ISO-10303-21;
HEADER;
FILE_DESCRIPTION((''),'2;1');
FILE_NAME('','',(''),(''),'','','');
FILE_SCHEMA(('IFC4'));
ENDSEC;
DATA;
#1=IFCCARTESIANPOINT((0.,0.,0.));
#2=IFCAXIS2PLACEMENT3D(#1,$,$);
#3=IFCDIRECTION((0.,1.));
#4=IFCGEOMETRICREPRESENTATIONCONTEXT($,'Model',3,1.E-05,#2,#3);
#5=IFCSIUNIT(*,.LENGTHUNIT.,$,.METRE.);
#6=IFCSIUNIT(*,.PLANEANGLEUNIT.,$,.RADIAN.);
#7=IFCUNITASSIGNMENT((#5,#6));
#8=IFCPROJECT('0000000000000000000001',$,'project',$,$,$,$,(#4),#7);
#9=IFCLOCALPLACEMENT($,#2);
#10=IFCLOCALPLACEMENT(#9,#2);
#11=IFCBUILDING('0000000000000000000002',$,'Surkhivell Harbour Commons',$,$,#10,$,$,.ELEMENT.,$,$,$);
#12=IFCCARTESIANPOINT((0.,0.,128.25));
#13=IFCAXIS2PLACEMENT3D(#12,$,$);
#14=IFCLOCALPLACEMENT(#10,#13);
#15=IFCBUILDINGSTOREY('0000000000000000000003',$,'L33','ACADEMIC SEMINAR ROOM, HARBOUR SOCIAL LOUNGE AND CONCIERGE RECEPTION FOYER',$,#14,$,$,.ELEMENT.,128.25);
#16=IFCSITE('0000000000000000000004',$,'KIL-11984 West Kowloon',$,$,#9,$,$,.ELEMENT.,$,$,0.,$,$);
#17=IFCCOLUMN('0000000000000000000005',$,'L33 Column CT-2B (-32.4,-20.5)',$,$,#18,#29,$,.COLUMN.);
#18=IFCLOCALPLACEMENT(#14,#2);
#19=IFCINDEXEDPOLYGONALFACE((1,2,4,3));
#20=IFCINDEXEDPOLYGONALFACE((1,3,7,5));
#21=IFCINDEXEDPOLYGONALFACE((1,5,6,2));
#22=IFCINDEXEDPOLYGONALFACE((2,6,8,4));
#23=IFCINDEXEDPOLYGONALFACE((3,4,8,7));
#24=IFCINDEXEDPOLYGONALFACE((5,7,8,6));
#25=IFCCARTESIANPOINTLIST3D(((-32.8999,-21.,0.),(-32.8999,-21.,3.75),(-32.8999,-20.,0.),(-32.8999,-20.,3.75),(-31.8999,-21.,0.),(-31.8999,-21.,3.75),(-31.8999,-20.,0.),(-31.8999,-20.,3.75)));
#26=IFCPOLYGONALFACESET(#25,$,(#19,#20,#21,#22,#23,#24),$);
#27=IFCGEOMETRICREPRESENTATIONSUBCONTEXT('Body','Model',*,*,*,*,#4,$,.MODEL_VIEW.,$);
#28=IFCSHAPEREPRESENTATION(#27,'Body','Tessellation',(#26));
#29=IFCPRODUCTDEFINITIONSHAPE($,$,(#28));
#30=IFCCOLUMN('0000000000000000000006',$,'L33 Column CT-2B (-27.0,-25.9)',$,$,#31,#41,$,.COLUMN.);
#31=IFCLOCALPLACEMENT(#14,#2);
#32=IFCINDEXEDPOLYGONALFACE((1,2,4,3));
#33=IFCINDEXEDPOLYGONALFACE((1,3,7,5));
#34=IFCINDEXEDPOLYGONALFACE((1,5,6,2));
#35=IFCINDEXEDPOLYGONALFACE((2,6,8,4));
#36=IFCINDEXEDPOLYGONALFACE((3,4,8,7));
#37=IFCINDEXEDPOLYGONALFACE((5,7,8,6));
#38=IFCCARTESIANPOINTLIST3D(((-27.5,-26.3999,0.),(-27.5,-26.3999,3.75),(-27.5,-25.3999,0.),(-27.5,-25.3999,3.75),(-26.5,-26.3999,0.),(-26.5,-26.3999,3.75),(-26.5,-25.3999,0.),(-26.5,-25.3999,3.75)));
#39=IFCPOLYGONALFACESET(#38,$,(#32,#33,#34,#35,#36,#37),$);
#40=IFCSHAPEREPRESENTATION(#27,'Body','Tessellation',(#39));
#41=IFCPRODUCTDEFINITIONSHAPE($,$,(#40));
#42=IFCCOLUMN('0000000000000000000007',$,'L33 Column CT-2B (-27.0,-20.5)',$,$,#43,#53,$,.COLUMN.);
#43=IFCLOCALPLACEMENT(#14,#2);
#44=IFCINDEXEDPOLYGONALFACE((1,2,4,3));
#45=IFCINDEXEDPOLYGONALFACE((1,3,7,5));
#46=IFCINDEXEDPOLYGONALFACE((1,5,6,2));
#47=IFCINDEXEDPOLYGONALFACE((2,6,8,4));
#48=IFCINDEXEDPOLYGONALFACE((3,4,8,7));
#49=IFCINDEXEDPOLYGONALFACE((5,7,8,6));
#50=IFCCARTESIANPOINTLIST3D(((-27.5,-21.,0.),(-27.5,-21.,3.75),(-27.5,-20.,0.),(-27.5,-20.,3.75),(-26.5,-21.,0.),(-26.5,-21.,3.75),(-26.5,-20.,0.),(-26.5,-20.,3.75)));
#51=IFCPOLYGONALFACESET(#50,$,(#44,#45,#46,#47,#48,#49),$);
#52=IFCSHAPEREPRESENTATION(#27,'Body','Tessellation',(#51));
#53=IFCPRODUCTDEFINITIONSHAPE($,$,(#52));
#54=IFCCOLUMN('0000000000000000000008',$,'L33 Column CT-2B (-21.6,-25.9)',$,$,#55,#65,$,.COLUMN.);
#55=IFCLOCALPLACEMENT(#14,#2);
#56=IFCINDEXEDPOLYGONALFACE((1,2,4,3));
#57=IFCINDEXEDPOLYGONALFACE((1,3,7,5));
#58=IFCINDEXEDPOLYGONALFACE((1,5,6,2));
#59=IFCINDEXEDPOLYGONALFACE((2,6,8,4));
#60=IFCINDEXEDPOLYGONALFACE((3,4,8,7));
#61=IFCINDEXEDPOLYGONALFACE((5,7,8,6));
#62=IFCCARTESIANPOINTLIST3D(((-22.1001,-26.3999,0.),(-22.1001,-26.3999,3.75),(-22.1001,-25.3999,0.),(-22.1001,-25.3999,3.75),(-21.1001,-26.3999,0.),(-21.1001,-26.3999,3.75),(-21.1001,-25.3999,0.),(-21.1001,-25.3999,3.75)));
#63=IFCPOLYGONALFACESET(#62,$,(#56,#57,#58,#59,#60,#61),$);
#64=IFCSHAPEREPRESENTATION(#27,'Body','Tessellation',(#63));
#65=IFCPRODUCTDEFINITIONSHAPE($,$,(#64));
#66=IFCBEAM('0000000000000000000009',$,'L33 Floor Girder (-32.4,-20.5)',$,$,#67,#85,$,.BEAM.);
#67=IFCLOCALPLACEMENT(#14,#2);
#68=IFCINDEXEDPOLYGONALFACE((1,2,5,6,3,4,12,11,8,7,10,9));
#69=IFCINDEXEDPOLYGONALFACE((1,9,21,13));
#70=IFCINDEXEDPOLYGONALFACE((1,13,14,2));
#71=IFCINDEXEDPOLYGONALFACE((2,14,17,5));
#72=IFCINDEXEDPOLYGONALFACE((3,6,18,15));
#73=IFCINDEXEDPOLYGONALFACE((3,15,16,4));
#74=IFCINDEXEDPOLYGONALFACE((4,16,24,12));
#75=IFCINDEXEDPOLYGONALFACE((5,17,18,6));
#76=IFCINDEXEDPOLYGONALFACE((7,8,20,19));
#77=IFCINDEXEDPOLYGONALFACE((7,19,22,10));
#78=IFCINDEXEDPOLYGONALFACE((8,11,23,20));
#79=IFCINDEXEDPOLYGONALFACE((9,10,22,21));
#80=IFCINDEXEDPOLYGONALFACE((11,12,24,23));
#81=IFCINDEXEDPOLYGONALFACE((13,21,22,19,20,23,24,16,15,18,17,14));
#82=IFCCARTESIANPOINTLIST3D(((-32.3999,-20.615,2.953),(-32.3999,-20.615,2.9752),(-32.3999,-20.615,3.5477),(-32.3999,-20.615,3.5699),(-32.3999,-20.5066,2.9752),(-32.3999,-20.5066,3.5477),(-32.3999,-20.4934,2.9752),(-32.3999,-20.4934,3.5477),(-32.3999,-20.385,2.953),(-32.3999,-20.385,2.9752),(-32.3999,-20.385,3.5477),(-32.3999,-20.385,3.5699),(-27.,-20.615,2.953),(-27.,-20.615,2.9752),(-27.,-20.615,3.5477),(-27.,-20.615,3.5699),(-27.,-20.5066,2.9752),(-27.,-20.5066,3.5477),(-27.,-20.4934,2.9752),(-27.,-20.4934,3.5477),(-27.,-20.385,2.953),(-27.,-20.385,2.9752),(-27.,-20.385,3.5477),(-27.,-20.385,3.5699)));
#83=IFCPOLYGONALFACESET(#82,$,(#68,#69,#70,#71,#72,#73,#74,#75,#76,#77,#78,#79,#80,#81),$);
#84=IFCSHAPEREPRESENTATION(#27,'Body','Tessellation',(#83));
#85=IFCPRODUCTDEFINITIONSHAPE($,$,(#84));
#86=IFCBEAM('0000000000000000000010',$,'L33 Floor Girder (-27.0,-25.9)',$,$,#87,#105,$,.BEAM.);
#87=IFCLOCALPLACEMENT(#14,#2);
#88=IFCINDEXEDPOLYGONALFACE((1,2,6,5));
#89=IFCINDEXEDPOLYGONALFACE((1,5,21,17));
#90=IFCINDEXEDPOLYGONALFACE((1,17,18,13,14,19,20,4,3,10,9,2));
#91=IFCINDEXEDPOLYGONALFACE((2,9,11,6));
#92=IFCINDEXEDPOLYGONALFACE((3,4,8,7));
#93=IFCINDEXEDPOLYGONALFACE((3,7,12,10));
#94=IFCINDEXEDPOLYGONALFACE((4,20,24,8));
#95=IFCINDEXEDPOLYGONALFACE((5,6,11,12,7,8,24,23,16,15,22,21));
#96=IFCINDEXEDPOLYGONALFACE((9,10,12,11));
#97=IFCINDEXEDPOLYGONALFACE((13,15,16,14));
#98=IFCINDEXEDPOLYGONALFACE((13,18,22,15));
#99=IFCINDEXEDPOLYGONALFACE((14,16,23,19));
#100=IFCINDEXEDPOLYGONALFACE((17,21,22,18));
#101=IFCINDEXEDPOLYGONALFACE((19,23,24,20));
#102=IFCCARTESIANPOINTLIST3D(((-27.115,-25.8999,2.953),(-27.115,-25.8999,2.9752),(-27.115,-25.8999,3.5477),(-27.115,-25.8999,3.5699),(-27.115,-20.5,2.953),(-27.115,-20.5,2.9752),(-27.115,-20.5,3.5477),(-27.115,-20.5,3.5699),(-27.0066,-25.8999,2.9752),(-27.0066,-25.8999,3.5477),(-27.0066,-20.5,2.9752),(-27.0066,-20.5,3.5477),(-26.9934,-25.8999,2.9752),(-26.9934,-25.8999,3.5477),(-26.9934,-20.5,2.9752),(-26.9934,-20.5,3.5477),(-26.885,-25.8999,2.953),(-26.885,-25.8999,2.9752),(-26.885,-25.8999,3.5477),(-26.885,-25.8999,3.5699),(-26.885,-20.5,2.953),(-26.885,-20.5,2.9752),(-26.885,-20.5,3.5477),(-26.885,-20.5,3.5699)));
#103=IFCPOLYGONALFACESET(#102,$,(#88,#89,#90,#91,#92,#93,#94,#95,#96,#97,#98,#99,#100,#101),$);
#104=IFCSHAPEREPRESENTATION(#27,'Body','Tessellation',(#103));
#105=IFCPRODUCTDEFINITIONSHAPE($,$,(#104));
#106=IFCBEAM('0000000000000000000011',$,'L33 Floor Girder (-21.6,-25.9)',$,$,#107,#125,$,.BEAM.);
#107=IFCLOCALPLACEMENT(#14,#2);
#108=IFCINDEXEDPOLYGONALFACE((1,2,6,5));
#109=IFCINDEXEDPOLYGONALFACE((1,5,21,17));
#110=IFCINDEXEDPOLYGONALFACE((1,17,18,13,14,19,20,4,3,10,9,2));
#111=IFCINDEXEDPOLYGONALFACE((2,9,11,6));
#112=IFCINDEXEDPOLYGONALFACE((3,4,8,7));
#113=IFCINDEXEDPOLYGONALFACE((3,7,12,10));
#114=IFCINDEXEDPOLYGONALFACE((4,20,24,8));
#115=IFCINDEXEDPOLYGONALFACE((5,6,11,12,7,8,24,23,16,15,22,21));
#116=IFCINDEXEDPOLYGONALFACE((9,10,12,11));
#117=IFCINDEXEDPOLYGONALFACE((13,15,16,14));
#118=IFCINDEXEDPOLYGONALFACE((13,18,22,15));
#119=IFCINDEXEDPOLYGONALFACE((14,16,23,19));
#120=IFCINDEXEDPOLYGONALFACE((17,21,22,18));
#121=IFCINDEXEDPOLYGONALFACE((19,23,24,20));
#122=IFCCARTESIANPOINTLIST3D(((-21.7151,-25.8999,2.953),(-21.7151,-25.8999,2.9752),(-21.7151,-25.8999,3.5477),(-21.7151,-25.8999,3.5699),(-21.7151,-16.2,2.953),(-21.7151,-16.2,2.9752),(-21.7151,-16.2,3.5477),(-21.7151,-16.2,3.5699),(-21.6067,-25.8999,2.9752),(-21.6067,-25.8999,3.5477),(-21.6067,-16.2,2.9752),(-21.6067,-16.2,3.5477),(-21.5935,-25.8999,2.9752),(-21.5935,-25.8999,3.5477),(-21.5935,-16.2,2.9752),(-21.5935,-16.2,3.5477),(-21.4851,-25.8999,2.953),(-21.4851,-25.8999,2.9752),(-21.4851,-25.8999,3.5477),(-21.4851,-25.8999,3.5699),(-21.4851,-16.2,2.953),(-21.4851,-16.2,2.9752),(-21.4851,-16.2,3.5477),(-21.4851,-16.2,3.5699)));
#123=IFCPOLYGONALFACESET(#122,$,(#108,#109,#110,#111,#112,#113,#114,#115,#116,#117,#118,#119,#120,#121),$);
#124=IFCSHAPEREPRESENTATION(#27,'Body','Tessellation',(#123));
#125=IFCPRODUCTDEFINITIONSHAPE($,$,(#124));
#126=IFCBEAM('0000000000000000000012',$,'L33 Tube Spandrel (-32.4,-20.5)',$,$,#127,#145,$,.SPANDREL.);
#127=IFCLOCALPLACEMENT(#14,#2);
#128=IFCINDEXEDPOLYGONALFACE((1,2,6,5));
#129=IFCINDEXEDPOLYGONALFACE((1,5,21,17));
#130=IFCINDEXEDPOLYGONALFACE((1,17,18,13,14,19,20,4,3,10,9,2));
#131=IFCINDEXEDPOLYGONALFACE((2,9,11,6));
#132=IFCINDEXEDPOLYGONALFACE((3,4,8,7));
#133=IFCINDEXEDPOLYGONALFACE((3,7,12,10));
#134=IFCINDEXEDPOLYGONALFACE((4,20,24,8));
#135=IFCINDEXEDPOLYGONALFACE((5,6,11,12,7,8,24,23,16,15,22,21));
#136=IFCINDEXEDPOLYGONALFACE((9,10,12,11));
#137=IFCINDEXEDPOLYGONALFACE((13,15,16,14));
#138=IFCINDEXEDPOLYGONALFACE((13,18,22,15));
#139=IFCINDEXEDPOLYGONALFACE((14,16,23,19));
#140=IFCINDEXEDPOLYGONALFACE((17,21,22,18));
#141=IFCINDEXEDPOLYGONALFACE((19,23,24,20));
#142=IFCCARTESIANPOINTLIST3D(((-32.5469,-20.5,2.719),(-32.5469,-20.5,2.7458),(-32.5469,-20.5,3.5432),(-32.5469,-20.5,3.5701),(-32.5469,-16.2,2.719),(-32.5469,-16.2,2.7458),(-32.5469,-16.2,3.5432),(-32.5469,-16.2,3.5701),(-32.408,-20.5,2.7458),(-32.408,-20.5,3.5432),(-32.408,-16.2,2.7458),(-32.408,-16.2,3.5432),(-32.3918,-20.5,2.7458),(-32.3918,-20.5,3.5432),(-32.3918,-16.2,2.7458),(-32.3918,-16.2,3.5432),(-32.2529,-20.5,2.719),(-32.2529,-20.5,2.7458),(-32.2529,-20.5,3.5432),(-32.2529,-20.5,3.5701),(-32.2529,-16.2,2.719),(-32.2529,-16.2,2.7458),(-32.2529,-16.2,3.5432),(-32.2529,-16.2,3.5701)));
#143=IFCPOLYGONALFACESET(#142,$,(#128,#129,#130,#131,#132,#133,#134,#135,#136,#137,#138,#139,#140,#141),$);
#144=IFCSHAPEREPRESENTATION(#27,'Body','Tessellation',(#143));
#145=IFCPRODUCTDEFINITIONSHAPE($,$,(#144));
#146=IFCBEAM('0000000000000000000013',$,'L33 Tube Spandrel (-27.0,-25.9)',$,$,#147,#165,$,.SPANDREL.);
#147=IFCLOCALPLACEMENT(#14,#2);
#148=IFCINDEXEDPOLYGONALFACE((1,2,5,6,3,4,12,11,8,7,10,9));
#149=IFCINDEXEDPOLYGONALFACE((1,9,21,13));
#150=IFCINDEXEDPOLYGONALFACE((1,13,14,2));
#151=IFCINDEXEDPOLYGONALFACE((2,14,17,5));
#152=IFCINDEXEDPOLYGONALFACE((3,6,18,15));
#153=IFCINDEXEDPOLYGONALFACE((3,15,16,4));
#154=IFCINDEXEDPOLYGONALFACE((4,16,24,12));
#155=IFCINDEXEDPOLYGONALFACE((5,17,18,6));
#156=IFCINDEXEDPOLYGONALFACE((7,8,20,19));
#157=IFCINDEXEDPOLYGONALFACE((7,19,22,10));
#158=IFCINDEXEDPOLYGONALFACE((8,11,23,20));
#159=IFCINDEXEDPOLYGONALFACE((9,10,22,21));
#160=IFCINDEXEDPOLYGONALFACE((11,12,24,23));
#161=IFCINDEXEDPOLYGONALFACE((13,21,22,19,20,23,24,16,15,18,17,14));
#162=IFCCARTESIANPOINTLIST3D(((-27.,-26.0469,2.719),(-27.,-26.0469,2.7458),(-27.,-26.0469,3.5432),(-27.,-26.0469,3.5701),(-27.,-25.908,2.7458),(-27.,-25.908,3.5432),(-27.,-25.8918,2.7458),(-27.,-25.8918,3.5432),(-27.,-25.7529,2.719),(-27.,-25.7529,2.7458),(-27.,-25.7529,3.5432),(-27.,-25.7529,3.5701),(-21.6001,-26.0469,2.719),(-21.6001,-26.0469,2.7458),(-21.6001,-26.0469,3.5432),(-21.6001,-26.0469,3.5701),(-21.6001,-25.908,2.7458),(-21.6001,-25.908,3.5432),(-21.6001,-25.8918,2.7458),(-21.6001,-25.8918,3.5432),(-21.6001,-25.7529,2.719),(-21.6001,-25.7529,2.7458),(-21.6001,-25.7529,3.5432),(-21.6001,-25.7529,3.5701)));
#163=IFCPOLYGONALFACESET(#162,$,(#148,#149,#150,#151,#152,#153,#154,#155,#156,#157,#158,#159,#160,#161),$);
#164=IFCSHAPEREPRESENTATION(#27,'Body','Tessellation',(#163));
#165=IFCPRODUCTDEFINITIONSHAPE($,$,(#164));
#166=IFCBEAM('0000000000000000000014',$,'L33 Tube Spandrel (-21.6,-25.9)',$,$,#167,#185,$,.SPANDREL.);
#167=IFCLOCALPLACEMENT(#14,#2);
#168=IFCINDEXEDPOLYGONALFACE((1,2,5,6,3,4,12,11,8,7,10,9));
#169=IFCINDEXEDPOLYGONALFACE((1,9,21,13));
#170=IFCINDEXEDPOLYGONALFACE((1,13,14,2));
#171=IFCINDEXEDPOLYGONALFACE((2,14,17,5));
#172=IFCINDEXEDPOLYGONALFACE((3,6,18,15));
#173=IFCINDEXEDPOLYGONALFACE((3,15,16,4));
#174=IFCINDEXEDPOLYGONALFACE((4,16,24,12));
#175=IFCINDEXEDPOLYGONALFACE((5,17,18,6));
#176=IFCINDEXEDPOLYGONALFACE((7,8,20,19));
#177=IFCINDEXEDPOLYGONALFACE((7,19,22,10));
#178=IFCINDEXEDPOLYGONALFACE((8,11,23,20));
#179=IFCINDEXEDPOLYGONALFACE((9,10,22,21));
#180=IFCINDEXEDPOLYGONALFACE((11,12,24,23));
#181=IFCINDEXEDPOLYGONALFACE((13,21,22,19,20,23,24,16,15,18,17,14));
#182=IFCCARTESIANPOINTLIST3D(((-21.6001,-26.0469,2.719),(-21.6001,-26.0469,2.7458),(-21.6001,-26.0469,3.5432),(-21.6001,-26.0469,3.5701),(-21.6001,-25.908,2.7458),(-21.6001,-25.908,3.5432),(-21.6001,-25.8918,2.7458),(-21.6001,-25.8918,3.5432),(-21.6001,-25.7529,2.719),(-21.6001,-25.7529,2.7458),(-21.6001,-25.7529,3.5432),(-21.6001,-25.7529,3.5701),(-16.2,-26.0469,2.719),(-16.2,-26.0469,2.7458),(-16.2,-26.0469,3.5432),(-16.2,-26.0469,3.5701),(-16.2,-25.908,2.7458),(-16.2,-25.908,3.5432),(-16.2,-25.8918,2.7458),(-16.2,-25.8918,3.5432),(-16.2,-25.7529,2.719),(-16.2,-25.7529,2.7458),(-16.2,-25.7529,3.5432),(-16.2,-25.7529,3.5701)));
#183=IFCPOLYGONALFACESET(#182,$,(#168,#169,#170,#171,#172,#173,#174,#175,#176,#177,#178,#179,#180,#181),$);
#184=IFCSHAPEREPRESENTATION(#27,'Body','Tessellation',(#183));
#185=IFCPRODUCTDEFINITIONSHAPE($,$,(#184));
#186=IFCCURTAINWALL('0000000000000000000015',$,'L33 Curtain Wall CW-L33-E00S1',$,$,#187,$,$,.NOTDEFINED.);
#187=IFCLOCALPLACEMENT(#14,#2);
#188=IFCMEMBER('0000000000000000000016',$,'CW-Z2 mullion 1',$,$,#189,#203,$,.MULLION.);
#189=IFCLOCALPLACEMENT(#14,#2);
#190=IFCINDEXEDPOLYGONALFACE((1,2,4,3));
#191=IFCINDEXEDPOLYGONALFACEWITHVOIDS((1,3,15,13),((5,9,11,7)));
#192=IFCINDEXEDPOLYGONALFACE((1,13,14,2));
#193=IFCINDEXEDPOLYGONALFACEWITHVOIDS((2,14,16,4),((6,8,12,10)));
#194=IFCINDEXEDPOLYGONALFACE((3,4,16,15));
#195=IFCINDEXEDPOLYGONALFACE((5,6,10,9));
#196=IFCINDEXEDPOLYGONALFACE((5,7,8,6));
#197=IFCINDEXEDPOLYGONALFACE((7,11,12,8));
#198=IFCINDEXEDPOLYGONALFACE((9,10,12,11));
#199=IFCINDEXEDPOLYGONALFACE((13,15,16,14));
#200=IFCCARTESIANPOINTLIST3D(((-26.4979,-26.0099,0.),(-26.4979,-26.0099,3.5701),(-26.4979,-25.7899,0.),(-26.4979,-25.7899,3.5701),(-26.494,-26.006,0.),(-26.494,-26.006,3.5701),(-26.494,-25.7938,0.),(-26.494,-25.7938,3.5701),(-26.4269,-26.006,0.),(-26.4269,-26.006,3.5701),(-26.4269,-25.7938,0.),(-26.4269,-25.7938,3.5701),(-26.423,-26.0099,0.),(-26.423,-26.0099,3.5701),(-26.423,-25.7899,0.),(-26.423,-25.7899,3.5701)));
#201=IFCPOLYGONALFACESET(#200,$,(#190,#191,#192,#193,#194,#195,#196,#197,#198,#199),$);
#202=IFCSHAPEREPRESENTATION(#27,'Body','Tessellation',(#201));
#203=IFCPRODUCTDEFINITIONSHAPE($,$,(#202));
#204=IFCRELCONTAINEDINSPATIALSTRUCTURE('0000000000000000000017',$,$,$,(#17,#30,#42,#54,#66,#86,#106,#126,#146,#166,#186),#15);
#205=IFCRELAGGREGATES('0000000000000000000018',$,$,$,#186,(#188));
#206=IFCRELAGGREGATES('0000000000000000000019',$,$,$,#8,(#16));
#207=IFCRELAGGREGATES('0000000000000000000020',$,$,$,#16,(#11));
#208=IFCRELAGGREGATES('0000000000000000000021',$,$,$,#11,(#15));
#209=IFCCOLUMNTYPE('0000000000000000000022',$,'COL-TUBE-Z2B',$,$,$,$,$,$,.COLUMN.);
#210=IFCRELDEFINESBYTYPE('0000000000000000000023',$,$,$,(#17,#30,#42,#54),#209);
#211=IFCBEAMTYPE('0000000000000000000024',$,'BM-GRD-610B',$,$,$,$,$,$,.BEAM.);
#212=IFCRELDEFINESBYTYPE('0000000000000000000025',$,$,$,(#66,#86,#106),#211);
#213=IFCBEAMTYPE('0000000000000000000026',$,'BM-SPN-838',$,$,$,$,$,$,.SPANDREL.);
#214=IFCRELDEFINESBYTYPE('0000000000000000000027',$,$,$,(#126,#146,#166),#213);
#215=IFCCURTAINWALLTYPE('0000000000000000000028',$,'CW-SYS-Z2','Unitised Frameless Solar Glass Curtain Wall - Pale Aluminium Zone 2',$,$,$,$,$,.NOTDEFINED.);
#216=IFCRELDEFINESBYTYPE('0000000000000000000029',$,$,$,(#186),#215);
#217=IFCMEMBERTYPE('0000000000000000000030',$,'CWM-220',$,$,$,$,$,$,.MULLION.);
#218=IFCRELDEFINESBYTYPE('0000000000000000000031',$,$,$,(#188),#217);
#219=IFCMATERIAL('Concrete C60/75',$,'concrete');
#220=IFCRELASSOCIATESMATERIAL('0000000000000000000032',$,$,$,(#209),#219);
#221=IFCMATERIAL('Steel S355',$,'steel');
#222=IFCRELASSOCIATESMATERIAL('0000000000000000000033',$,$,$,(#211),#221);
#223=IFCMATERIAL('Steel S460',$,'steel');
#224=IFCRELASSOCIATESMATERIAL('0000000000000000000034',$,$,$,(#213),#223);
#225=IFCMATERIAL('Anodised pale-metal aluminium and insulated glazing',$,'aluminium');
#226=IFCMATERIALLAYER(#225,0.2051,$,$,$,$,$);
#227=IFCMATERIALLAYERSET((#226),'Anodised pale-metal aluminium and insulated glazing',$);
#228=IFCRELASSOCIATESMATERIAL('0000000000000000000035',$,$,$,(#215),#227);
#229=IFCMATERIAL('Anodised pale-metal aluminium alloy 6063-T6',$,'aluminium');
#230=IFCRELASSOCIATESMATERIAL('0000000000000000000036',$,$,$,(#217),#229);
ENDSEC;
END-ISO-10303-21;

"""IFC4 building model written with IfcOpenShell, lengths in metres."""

from ifc_helpers import new_model, si_unit, direction, frame, origin, origin_2d, place, context, subcontext, project, spatial, rectangle, hollow_rectangle, i_section, extrude, material, layer, layer_set, material_profile, profile_set, type_object, element, aggregate, save


model = new_model("IFC4")

# Units and contexts
model_context = context("Model", 3, precision=1e-05, world=origin(), true_north=direction((0.0, 1.0)))
body_context = subcontext(model_context, "Body", "Model", "MODEL_VIEW")
ifc_project = project(units=[si_unit("LENGTHUNIT", "METRE"), si_unit("PLANEANGLEUNIT", "RADIAN")], contexts=[model_context])

# Site, building, storey
site_placement = place(None, origin())
site = spatial("IfcSite", under=ifc_project, at=site_placement, Name="KIL-11984 West Kowloon", CompositionType="ELEMENT", RefElevation=0.0)
building_placement = place(site_placement, origin())
building = spatial("IfcBuilding", under=site, at=building_placement, Name="Surkhivell Harbour Commons", CompositionType="ELEMENT")
storey_placement = place(building_placement, frame((0.0, 0.0, 128.25)))
storey = spatial("IfcBuildingStorey", under=building, at=storey_placement, Name="L33", Description="ACADEMIC SEMINAR ROOM, HARBOUR SOCIAL LOUNGE AND CONCIERGE RECEPTION FOYER", CompositionType="ELEMENT", Elevation=128.25)

# Columns
ifc_material_1 = material(Name="Concrete C60/75", Category="concrete")
ifc_material_profile_1 = material_profile(ifc_material_1, rectangle(XDim=1.0, YDim=1.0, at=origin_2d()), Name="RC-COL-1000x1000")
ifc_profile_set_1 = profile_set([ifc_material_profile_1], Name="Concrete C60/75")
column_type = type_object("IfcColumnType", Name="COL-TUBE-Z2B", PredefinedType="COLUMN", material=ifc_profile_set_1)
for number, where, z_axis, x_axis, name in (
    (1, (-32.3999, -20.5, 0.0), (0.0, 0.0, 1.0), (1.0, 0.0, 0.0), "L33 Column CT-2B (-32.4,-20.5)"),
    (2, (-27.0, -25.8999, 0.0), (0.0, 0.0, 1.0), (1.0, 0.0, 0.0), "L33 Column CT-2B (-27.0,-25.9)"),
    (3, (-27.0, -20.5, 0.0), (0.0, 0.0, 1.0), (1.0, 0.0, 0.0), "L33 Column CT-2B (-27.0,-20.5)"),
    (4, (-21.6001, -25.8999, 0.0), (0.0, 0.0, 1.0), (1.0, 0.0, 0.0), "L33 Column CT-2B (-21.6,-25.9)"),
):
    element("IfcColumn", number, at=place(storey_placement, frame(where, z_axis=z_axis, x_axis=x_axis)), inside=storey, type_object=column_type, Name=name, PredefinedType="COLUMN", context=body_context, shape_type="SweptSolid", body=[
        extrude(rectangle(XDim=1.0, YDim=1.0, at=origin_2d()), origin(), (0.0, 0.0, 1.0), 3.75),
    ])

# Beams
ifc_material_2 = material(Name="Steel S355", Category="steel")
ifc_material_profile_2 = material_profile(ifc_material_2, i_section(OverallWidth=0.23, OverallDepth=0.6169, WebThickness=0.0132, FlangeThickness=0.0222, at=origin_2d()), Name="UB610x229x140")
ifc_profile_set_2 = profile_set([ifc_material_profile_2], Name="Steel S355")
beam_type_1 = type_object("IfcBeamType", Name="BM-GRD-610B", PredefinedType="BEAM", material=ifc_profile_set_2)
for number, where, z_axis, x_axis, name in (
    (5, (-32.3999, -20.5, 3.2615), (1.0, 0.0, 0.0), (0.0, 1.0, 0.0), "L33 Floor Girder (-32.4,-20.5)"),
    (6, (-27.0, -25.8999, 3.2615), (0.0, 1.0, 0.0), (-1.0, 0.0, 0.0), "L33 Floor Girder (-27.0,-25.9)"),
):
    element("IfcBeam", number, at=place(storey_placement, frame(where, z_axis=z_axis, x_axis=x_axis)), inside=storey, type_object=beam_type_1, Name=name, PredefinedType="BEAM", context=body_context, shape_type="SweptSolid", body=[
        extrude(i_section(OverallWidth=0.23, OverallDepth=0.6169, WebThickness=0.0132, FlangeThickness=0.0222, at=origin_2d()), origin(), (0.0, 0.0, 1.0), 5.3999),
    ])
beam_1_placement = place(storey_placement, frame((-21.6001, -25.8999, 3.2615), z_axis=(0.0, 1.0, 0.0), x_axis=(-1.0, 0.0, 0.0)))
element("IfcBeam", 7, at=beam_1_placement, inside=storey, type_object=beam_type_1, Name="L33 Floor Girder (-21.6,-25.9)", PredefinedType="BEAM", context=body_context, shape_type="SweptSolid", body=[
    extrude(i_section(OverallWidth=0.23, OverallDepth=0.6169, WebThickness=0.0132, FlangeThickness=0.0222, at=origin_2d()), origin(), (0.0, 0.0, 1.0), 9.7),
])
ifc_material_3 = material(Name="Steel S460", Category="steel")
ifc_material_profile_3 = material_profile(ifc_material_3, i_section(OverallWidth=0.2939, OverallDepth=0.8511, WebThickness=0.0161, FlangeThickness=0.0269, at=origin_2d()), Name="UB838x292x226")
ifc_profile_set_3 = profile_set([ifc_material_profile_3], Name="Steel S460")
beam_type_2 = type_object("IfcBeamType", Name="BM-SPN-838", PredefinedType="SPANDREL", material=ifc_profile_set_3)
beam_2_placement = place(storey_placement, frame((-32.3999, -20.5, 3.1445), z_axis=(0.0, 1.0, 0.0), x_axis=(-1.0, 0.0, 0.0)))
element("IfcBeam", 8, at=beam_2_placement, inside=storey, type_object=beam_type_2, Name="L33 Tube Spandrel (-32.4,-20.5)", PredefinedType="SPANDREL", context=body_context, shape_type="SweptSolid", body=[
    extrude(i_section(OverallWidth=0.2939, OverallDepth=0.8511, WebThickness=0.0161, FlangeThickness=0.0269, at=origin_2d()), origin(), (0.0, 0.0, 1.0), 4.3),
])
beam_3_placement = place(storey_placement, frame((-27.0, -25.8999, 3.1445), z_axis=(1.0, 0.0, 0.0), x_axis=(0.0, 1.0, 0.0)))
element("IfcBeam", 9, at=beam_3_placement, inside=storey, type_object=beam_type_2, Name="L33 Tube Spandrel (-27.0,-25.9)", PredefinedType="SPANDREL", context=body_context, shape_type="SweptSolid", body=[
    extrude(i_section(OverallWidth=0.2939, OverallDepth=0.8511, WebThickness=0.0161, FlangeThickness=0.0269, at=origin_2d()), origin(), (0.0, 0.0, 1.0), 5.3999),
])
beam_4_placement = place(storey_placement, frame((-21.6001, -25.8999, 3.1445), z_axis=(1.0, 0.0, 0.0), x_axis=(0.0, 1.0, 0.0)))
element("IfcBeam", 10, at=beam_4_placement, inside=storey, type_object=beam_type_2, Name="L33 Tube Spandrel (-21.6,-25.9)", PredefinedType="SPANDREL", context=body_context, shape_type="SweptSolid", body=[
    extrude(i_section(OverallWidth=0.2939, OverallDepth=0.8511, WebThickness=0.0161, FlangeThickness=0.0269, at=origin_2d()), origin(), (0.0, 0.0, 1.0), 5.4001),
])

# Curtain wall, member
ifc_material_4 = material(Name="Anodised pale-metal aluminium and insulated glazing", Category="aluminium")
ifc_layer_1 = layer(ifc_material_4, 0.2051)
ifc_layer_set_1 = layer_set([ifc_layer_1], Name="Anodised pale-metal aluminium and insulated glazing")
curtain_wall_type = type_object("IfcCurtainWallType", Name="CW-SYS-Z2", Description="Unitised Frameless Solar Glass Curtain Wall - Pale Aluminium Zone 2", PredefinedType="NOTDEFINED", material=ifc_layer_set_1)
curtain_wall_1_placement = place(storey_placement, origin())
curtain_wall_1 = element("IfcCurtainWall", 11, at=curtain_wall_1_placement, inside=storey, type_object=curtain_wall_type, Name="L33 Curtain Wall CW-L33-E00S1", PredefinedType="NOTDEFINED")
ifc_material_5 = material(Name="Anodised pale-metal aluminium alloy 6063-T6", Category="aluminium")
ifc_material_profile_4 = material_profile(ifc_material_5, hollow_rectangle(XDim=0.075, YDim=0.22, WallThickness=0.0039, at=origin_2d()), Name="ALU-MULL-75x220")
ifc_profile_set_4 = profile_set([ifc_material_profile_4], Name="Anodised pale-metal aluminium alloy 6063-T6")
member_type_1 = type_object("IfcMemberType", Name="CWM-220", PredefinedType="MULLION", material=ifc_profile_set_4)
member_1_placement = place(storey_placement, frame((-26.4604, -25.8999, 0.0), z_axis=(0.0, 0.0, 1.0), x_axis=(1.0, 0.0, 0.0)))
member_1 = element("IfcMember", 12, at=member_1_placement, type_object=member_type_1, Name="CW-Z2 mullion 1", PredefinedType="MULLION", context=body_context, shape_type="SweptSolid", body=[
    extrude(hollow_rectangle(XDim=0.075, YDim=0.22, WallThickness=0.0039, at=origin_2d()), origin(), (0.0, 0.0, 1.0), 3.5701),
])

aggregate(curtain_wall_1, [member_1])

save(model, "model.ifc")
